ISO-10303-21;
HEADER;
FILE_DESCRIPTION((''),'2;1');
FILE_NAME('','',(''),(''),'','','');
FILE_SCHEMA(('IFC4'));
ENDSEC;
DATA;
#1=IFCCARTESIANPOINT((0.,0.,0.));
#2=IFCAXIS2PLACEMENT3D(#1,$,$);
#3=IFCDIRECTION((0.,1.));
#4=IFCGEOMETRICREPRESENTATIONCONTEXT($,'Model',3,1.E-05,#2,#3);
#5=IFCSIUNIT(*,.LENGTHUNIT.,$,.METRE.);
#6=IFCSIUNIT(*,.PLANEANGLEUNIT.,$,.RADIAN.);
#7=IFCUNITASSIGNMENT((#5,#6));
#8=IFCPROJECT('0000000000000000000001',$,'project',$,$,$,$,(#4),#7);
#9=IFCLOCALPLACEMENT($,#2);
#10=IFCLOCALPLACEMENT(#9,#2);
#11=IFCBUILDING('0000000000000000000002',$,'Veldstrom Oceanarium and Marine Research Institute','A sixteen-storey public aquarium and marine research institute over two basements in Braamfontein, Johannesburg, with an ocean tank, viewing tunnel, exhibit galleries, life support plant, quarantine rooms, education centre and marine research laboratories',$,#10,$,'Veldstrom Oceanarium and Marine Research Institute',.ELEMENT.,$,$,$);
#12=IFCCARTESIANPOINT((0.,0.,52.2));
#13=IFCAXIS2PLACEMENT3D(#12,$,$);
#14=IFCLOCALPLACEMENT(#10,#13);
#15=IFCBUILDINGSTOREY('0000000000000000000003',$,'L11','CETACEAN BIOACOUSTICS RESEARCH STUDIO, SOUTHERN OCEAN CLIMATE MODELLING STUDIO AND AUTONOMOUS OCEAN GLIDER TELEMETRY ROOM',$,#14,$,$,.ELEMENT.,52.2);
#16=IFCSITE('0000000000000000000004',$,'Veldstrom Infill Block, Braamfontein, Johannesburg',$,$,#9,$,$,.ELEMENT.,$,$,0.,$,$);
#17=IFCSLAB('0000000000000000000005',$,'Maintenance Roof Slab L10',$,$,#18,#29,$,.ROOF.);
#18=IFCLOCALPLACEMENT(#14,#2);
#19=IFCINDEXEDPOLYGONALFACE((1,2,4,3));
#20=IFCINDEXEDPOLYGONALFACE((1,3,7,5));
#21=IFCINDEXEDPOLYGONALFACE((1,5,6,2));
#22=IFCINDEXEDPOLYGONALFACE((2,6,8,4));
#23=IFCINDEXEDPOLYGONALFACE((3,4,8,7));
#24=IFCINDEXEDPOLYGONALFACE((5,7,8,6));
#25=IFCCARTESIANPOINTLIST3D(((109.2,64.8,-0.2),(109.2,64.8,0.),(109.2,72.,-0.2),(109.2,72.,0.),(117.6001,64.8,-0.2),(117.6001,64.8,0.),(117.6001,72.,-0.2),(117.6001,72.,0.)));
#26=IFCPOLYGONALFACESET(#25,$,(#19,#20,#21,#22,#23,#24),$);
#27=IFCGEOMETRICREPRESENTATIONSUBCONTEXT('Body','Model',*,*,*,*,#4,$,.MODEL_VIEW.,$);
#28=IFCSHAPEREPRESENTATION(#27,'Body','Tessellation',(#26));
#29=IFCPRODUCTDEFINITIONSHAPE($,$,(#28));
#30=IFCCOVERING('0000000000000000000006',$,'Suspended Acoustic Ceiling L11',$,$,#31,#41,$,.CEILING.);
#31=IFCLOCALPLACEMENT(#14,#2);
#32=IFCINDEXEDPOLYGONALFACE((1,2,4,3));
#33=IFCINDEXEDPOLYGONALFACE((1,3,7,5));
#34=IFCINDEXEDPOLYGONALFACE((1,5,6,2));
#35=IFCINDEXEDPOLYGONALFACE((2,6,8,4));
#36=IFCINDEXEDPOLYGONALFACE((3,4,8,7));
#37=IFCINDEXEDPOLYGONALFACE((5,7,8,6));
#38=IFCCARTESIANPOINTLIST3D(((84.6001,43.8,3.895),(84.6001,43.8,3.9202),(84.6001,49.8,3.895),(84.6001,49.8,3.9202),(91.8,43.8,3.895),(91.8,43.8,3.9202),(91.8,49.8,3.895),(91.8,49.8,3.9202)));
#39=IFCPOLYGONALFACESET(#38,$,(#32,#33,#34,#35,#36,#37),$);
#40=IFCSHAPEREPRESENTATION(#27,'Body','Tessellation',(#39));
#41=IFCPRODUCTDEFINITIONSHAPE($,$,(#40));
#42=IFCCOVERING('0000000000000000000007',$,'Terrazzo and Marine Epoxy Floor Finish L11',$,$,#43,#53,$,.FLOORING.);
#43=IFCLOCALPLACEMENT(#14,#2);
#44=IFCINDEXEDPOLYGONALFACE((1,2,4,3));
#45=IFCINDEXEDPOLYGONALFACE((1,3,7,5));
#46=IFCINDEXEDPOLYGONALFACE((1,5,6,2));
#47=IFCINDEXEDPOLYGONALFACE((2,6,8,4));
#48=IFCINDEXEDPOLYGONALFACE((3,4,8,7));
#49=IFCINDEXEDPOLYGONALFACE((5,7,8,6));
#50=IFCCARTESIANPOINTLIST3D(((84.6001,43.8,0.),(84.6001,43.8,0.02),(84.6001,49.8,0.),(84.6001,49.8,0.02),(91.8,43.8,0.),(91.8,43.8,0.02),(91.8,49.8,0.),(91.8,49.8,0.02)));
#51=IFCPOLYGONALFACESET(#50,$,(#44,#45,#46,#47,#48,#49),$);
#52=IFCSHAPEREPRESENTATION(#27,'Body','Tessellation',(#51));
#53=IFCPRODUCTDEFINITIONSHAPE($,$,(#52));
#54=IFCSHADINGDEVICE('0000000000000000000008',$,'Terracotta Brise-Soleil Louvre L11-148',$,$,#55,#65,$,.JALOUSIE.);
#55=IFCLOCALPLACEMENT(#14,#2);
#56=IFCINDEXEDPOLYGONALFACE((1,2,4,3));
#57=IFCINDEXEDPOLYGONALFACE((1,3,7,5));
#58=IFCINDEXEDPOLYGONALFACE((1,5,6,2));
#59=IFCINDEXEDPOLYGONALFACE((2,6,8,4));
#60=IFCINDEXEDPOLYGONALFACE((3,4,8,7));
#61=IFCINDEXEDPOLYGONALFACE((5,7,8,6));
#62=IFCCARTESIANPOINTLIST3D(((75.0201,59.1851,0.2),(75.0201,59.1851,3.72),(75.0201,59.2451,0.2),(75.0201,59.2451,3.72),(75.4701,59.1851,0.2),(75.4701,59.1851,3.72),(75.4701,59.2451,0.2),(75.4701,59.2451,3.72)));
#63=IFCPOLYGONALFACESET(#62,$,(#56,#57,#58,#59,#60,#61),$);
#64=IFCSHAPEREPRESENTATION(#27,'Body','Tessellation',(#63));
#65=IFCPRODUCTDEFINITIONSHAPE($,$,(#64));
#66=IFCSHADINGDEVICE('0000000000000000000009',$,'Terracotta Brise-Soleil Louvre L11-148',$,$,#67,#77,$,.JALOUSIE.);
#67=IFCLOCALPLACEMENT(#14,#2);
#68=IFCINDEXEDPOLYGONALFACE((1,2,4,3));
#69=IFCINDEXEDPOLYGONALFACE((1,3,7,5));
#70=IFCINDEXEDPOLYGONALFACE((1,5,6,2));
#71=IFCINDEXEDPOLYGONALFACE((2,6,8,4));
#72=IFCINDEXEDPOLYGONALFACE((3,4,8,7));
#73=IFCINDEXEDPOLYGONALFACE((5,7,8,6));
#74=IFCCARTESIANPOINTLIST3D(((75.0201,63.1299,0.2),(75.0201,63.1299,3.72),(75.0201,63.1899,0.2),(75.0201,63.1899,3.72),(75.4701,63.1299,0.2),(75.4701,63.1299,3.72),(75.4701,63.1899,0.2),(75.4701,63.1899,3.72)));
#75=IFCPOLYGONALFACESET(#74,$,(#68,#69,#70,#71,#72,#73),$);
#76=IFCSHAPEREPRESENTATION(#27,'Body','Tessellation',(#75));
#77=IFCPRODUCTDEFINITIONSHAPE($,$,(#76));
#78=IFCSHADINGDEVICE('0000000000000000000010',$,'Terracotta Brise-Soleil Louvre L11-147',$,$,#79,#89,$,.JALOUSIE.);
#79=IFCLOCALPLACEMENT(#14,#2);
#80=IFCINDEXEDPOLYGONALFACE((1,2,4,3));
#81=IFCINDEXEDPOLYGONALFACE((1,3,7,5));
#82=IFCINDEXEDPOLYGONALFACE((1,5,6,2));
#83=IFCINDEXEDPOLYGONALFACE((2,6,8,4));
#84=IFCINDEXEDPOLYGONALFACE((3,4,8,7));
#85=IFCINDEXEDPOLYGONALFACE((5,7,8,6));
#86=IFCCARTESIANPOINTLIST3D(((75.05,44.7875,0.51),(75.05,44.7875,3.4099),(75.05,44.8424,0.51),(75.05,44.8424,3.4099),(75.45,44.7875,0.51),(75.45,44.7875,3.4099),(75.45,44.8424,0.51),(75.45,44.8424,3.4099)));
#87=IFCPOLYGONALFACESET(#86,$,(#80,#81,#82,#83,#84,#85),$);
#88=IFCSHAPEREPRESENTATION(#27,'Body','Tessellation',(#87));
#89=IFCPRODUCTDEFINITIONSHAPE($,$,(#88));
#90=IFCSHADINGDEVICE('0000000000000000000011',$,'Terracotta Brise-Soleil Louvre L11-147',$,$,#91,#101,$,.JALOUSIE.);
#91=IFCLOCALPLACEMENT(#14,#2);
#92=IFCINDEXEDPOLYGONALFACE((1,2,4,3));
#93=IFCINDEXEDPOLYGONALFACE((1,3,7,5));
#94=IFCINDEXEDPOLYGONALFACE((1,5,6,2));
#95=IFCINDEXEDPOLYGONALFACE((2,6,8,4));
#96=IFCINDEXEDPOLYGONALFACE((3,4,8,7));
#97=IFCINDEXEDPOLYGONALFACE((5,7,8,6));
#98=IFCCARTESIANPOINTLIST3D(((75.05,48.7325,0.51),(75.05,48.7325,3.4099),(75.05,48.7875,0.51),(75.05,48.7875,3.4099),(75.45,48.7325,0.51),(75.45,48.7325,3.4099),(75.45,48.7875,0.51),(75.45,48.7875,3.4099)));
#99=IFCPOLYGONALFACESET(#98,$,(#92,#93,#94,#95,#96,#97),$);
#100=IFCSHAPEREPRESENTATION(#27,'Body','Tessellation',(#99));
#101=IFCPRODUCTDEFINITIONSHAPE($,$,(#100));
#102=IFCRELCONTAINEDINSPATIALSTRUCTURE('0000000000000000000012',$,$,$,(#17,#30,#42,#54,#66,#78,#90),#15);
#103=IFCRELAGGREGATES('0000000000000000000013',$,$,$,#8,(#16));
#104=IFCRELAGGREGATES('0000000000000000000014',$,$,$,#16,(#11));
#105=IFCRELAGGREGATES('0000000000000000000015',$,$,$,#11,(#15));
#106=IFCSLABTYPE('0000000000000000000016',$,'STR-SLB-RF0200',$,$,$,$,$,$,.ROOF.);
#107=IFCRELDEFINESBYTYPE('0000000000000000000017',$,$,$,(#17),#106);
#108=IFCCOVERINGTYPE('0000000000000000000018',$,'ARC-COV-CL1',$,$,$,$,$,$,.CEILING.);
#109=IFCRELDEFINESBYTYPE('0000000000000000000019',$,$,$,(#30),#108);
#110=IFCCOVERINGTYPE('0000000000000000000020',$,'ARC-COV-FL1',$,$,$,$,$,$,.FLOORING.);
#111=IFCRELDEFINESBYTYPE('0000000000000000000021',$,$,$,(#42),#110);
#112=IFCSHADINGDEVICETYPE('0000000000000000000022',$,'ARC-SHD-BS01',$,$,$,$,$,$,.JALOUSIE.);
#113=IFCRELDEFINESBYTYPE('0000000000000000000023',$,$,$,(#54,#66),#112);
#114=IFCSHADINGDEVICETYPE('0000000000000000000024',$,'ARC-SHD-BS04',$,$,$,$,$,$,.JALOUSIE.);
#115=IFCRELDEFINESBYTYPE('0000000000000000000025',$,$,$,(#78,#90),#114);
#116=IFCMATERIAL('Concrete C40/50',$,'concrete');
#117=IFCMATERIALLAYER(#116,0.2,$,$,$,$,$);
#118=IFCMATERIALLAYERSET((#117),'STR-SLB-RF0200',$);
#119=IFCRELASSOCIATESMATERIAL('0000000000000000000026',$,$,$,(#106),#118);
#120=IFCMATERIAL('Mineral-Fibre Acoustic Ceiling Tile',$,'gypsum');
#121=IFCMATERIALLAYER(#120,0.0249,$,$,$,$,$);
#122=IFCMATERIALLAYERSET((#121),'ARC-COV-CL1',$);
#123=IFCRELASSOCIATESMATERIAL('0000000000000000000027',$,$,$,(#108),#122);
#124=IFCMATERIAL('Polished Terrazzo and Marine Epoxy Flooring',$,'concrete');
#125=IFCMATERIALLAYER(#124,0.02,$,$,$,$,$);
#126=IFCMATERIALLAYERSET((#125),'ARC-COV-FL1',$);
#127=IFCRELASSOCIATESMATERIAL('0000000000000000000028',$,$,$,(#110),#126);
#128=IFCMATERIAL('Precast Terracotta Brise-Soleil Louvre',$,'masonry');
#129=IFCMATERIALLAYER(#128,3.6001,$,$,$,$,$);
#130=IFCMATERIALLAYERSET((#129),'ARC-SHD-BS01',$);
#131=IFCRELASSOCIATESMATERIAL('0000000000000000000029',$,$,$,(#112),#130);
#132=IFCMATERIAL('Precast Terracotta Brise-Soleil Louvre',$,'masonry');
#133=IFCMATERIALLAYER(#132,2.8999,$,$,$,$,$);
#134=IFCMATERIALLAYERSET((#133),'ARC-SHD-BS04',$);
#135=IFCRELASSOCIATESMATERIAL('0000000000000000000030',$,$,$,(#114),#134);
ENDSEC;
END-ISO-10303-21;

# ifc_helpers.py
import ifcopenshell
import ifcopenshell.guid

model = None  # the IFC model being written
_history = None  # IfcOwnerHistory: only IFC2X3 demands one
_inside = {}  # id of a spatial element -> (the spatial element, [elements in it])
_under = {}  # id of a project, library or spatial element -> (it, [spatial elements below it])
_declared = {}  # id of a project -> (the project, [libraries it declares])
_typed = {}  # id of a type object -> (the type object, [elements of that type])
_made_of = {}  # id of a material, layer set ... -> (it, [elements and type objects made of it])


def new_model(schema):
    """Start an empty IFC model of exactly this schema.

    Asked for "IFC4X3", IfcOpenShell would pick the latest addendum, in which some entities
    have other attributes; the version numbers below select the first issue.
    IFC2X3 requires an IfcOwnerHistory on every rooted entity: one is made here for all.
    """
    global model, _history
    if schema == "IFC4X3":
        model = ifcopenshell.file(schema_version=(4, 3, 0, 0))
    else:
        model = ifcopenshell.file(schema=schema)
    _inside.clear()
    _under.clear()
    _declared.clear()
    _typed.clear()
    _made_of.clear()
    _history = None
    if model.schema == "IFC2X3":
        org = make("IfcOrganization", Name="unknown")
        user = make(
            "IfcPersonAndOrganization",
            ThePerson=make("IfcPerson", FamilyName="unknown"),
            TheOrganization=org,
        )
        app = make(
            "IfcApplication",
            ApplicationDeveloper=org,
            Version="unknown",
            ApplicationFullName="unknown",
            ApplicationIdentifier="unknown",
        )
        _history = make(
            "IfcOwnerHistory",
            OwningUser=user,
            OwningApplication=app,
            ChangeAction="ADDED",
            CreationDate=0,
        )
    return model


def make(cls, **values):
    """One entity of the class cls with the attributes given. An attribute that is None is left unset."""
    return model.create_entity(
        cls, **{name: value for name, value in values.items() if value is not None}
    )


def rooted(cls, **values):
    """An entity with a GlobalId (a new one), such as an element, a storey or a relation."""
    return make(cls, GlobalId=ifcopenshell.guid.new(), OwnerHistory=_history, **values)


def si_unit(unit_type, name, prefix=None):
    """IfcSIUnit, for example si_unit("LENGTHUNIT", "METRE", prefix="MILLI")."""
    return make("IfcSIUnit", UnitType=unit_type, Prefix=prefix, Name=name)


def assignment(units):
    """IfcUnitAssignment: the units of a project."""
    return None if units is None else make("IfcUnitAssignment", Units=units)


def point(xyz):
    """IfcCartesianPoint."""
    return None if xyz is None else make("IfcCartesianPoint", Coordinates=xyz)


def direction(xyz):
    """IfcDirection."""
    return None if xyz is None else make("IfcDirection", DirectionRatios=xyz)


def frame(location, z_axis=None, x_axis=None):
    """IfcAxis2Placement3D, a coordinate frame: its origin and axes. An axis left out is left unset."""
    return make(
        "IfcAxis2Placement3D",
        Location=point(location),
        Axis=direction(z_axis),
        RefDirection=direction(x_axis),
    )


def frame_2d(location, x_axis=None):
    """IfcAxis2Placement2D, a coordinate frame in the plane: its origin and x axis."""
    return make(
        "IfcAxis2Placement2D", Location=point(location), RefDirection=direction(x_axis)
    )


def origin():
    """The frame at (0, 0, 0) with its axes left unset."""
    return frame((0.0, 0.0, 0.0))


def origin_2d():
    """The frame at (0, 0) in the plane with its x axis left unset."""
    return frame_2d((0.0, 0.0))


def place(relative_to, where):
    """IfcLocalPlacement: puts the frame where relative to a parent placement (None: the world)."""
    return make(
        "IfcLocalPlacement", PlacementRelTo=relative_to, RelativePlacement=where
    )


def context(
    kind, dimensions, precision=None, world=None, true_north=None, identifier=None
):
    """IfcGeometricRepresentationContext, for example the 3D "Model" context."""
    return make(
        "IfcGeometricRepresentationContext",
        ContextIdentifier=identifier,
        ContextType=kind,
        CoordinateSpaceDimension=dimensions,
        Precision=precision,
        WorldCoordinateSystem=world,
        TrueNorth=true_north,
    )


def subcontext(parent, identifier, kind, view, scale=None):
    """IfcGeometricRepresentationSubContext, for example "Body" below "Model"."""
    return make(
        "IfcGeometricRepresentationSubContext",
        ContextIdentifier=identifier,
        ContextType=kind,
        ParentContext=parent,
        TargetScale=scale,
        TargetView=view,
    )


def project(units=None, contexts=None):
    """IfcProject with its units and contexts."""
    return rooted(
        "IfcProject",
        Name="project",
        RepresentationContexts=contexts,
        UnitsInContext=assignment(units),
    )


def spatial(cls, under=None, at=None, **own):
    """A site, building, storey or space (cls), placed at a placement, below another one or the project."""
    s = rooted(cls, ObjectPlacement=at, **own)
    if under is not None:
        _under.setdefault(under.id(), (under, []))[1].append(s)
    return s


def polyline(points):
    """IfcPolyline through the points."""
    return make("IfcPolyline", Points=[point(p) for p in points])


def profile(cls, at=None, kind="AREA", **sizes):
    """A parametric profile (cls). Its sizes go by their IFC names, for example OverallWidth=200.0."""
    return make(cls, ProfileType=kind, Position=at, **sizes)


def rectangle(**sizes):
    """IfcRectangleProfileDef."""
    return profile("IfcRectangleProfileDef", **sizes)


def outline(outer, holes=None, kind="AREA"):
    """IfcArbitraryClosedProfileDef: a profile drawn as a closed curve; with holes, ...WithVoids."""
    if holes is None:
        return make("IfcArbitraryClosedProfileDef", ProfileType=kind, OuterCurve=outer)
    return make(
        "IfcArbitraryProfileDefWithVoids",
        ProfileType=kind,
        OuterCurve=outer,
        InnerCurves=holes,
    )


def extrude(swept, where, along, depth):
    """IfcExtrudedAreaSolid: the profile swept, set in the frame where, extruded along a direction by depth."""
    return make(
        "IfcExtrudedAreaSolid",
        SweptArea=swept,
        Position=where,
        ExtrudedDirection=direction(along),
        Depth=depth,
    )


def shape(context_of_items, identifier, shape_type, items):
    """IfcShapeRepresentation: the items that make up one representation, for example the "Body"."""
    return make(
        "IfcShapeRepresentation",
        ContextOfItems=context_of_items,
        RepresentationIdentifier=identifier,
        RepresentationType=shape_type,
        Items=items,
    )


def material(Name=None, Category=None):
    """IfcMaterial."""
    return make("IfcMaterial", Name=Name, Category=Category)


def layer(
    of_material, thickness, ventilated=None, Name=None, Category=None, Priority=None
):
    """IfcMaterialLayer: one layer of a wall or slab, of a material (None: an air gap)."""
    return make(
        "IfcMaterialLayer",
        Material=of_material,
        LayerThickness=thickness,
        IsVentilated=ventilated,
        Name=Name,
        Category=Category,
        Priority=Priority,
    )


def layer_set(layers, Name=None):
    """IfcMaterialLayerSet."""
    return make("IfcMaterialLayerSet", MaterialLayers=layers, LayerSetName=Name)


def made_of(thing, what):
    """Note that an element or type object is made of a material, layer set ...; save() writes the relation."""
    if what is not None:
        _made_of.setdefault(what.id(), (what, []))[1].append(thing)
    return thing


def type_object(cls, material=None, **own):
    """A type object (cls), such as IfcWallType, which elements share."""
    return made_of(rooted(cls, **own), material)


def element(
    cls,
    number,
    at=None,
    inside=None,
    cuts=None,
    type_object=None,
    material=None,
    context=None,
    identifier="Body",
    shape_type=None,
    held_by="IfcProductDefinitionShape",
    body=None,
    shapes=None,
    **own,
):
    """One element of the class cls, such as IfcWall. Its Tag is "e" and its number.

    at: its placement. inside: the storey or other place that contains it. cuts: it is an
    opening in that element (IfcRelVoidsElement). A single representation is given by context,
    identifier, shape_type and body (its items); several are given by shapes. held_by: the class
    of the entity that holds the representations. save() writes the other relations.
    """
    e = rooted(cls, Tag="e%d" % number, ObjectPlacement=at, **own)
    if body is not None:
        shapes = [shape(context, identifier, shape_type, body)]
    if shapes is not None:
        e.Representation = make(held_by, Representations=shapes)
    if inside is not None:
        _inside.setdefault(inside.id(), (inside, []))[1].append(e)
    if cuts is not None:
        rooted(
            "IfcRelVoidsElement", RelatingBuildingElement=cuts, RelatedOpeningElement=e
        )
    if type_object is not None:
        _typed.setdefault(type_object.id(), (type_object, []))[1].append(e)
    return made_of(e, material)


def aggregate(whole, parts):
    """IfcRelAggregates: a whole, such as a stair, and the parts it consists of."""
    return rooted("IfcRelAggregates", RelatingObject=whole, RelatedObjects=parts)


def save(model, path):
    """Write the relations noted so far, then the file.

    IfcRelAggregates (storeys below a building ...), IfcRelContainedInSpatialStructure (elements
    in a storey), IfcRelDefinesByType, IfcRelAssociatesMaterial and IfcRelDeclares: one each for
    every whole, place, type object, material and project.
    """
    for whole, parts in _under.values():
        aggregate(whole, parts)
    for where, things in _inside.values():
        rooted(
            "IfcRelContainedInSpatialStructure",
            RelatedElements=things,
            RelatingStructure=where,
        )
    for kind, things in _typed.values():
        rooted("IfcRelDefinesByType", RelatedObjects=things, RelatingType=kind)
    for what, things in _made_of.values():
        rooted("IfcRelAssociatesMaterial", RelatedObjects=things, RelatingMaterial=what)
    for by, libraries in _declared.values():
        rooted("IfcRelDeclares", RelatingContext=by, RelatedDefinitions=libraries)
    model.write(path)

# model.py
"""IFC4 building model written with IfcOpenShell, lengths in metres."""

from ifc_helpers import new_model, si_unit, direction, frame, origin, origin_2d, place, context, subcontext, project, spatial, polyline, rectangle, outline, extrude, material, layer, layer_set, type_object, element, save


model = new_model("IFC4")

# Units and contexts
model_context = context("Model", 3, precision=1e-05, world=origin(), true_north=direction((0.0, 1.0)))
body_context = subcontext(model_context, "Body", "Model", "MODEL_VIEW")
ifc_project = project(units=[si_unit("LENGTHUNIT", "METRE"), si_unit("PLANEANGLEUNIT", "RADIAN")], contexts=[model_context])

# Site, building, storey
site_placement = place(None, origin())
site = spatial("IfcSite", under=ifc_project, at=site_placement, Name="Veldstrom Infill Block, Braamfontein, Johannesburg", CompositionType="ELEMENT", RefElevation=0.0)
building_placement = place(site_placement, origin())
building = spatial("IfcBuilding", under=site, at=building_placement, Name="Veldstrom Oceanarium and Marine Research Institute", Description="A sixteen-storey public aquarium and marine research institute over two basements in Braamfontein, Johannesburg, with an ocean tank, viewing tunnel, exhibit galleries, life support plant, quarantine rooms, education centre and marine research laboratories", LongName="Veldstrom Oceanarium and Marine Research Institute", CompositionType="ELEMENT")
storey_placement = place(building_placement, frame((0.0, 0.0, 52.2)))
storey = spatial("IfcBuildingStorey", under=building, at=storey_placement, Name="L11", Description="CETACEAN BIOACOUSTICS RESEARCH STUDIO, SOUTHERN OCEAN CLIMATE MODELLING STUDIO AND AUTONOMOUS OCEAN GLIDER TELEMETRY ROOM", CompositionType="ELEMENT", Elevation=52.2)

# Slab
ifc_material_1 = material(Name="Concrete C40/50", Category="concrete")
ifc_layer_1 = layer(ifc_material_1, 0.2)
ifc_layer_set_1 = layer_set([ifc_layer_1], Name="STR-SLB-RF0200")
slab_type_1 = type_object("IfcSlabType", Name="STR-SLB-RF0200", PredefinedType="ROOF", material=ifc_layer_set_1)
slab_1_placement = place(storey_placement, frame((0.0, 0.0, -0.2)))
element("IfcSlab", 1, at=slab_1_placement, inside=storey, type_object=slab_type_1, Name="Maintenance Roof Slab L10", PredefinedType="ROOF", context=body_context, shape_type="SweptSolid", body=[
    extrude(outline(polyline([(117.6001, 64.8), (117.6001, 72.0), (109.2, 72.0), (109.2, 64.8), (117.6001, 64.8)])), origin(), (0.0, 0.0, 1.0), 0.2),
])

# Coverings
ifc_material_2 = material(Name="Mineral-Fibre Acoustic Ceiling Tile", Category="gypsum")
ifc_layer_2 = layer(ifc_material_2, 0.0249)
ifc_layer_set_2 = layer_set([ifc_layer_2], Name="ARC-COV-CL1")
covering_type_1 = type_object("IfcCoveringType", Name="ARC-COV-CL1", PredefinedType="CEILING", material=ifc_layer_set_2)
covering_1_placement = place(storey_placement, frame((0.0, 0.0, 3.895)))
element("IfcCovering", 2, at=covering_1_placement, inside=storey, type_object=covering_type_1, Name="Suspended Acoustic Ceiling L11", PredefinedType="CEILING", context=body_context, shape_type="SweptSolid", body=[
    extrude(outline(polyline([(84.6001, 43.8), (91.8, 43.8), (91.8, 49.8), (84.6001, 49.8), (84.6001, 43.8)])), origin(), (0.0, 0.0, 1.0), 0.0251),
])
ifc_material_3 = material(Name="Polished Terrazzo and Marine Epoxy Flooring", Category="concrete")
ifc_layer_3 = layer(ifc_material_3, 0.02)
ifc_layer_set_3 = layer_set([ifc_layer_3], Name="ARC-COV-FL1")
covering_type_2 = type_object("IfcCoveringType", Name="ARC-COV-FL1", PredefinedType="FLOORING", material=ifc_layer_set_3)
covering_2_placement = place(storey_placement, origin())
element("IfcCovering", 3, at=covering_2_placement, inside=storey, type_object=covering_type_2, Name="Terrazzo and Marine Epoxy Floor Finish L11", PredefinedType="FLOORING", context=body_context, shape_type="SweptSolid", body=[
    extrude(outline(polyline([(84.6001, 43.8), (91.8, 43.8), (91.8, 49.8), (84.6001, 49.8), (84.6001, 43.8)])), origin(), (0.0, 0.0, 1.0), 0.02),
])

# Shading devices
ifc_material_4 = material(Name="Precast Terracotta Brise-Soleil Louvre", Category="masonry")
ifc_layer_4 = layer(ifc_material_4, 3.6001)
ifc_layer_set_4 = layer_set([ifc_layer_4], Name="ARC-SHD-BS01")
shading_device_type_1 = type_object("IfcShadingDeviceType", Name="ARC-SHD-BS01", PredefinedType="JALOUSIE", material=ifc_layer_set_4)
for number, where, z_axis, x_axis, name in (
    (4, (75.2451, 59.2151, 0.2), (0.0, 0.0, 1.0), (1.0, 0.0, 0.0), "Terracotta Brise-Soleil Louvre L11-148"),
    (5, (75.2451, 63.1599, 0.2), (0.0, 0.0, 1.0), (1.0, 0.0, 0.0), "Terracotta Brise-Soleil Louvre L11-148"),
):
    element("IfcShadingDevice", number, at=place(storey_placement, frame(where, z_axis=z_axis, x_axis=x_axis)), inside=storey, type_object=shading_device_type_1, Name=name, PredefinedType="JALOUSIE", context=body_context, shape_type="SweptSolid", body=[
        extrude(rectangle(XDim=0.45, YDim=0.0601, at=origin_2d()), origin(), (0.0, 0.0, 1.0), 3.52),
    ])
ifc_material_5 = material(Name="Precast Terracotta Brise-Soleil Louvre", Category="masonry")
ifc_layer_5 = layer(ifc_material_5, 2.8999)
ifc_layer_set_5 = layer_set([ifc_layer_5], Name="ARC-SHD-BS04")
shading_device_type_2 = type_object("IfcShadingDeviceType", Name="ARC-SHD-BS04", PredefinedType="JALOUSIE", material=ifc_layer_set_5)
for number, where, z_axis, x_axis, name in (
    (6, (75.25, 44.8149, 0.51), (0.0, 0.0, 1.0), (1.0, 0.0, 0.0), "Terracotta Brise-Soleil Louvre L11-147"),
    (7, (75.25, 48.76, 0.51), (0.0, 0.0, 1.0), (1.0, 0.0, 0.0), "Terracotta Brise-Soleil Louvre L11-147"),
):
    element("IfcShadingDevice", number, at=place(storey_placement, frame(where, z_axis=z_axis, x_axis=x_axis)), inside=storey, type_object=shading_device_type_2, Name=name, PredefinedType="JALOUSIE", context=body_context, shape_type="SweptSolid", body=[
        extrude(rectangle(XDim=0.3999, YDim=0.0549, at=origin_2d()), origin(), (0.0, 0.0, 1.0), 2.8999),
    ])

save(model, "model.ifc")
